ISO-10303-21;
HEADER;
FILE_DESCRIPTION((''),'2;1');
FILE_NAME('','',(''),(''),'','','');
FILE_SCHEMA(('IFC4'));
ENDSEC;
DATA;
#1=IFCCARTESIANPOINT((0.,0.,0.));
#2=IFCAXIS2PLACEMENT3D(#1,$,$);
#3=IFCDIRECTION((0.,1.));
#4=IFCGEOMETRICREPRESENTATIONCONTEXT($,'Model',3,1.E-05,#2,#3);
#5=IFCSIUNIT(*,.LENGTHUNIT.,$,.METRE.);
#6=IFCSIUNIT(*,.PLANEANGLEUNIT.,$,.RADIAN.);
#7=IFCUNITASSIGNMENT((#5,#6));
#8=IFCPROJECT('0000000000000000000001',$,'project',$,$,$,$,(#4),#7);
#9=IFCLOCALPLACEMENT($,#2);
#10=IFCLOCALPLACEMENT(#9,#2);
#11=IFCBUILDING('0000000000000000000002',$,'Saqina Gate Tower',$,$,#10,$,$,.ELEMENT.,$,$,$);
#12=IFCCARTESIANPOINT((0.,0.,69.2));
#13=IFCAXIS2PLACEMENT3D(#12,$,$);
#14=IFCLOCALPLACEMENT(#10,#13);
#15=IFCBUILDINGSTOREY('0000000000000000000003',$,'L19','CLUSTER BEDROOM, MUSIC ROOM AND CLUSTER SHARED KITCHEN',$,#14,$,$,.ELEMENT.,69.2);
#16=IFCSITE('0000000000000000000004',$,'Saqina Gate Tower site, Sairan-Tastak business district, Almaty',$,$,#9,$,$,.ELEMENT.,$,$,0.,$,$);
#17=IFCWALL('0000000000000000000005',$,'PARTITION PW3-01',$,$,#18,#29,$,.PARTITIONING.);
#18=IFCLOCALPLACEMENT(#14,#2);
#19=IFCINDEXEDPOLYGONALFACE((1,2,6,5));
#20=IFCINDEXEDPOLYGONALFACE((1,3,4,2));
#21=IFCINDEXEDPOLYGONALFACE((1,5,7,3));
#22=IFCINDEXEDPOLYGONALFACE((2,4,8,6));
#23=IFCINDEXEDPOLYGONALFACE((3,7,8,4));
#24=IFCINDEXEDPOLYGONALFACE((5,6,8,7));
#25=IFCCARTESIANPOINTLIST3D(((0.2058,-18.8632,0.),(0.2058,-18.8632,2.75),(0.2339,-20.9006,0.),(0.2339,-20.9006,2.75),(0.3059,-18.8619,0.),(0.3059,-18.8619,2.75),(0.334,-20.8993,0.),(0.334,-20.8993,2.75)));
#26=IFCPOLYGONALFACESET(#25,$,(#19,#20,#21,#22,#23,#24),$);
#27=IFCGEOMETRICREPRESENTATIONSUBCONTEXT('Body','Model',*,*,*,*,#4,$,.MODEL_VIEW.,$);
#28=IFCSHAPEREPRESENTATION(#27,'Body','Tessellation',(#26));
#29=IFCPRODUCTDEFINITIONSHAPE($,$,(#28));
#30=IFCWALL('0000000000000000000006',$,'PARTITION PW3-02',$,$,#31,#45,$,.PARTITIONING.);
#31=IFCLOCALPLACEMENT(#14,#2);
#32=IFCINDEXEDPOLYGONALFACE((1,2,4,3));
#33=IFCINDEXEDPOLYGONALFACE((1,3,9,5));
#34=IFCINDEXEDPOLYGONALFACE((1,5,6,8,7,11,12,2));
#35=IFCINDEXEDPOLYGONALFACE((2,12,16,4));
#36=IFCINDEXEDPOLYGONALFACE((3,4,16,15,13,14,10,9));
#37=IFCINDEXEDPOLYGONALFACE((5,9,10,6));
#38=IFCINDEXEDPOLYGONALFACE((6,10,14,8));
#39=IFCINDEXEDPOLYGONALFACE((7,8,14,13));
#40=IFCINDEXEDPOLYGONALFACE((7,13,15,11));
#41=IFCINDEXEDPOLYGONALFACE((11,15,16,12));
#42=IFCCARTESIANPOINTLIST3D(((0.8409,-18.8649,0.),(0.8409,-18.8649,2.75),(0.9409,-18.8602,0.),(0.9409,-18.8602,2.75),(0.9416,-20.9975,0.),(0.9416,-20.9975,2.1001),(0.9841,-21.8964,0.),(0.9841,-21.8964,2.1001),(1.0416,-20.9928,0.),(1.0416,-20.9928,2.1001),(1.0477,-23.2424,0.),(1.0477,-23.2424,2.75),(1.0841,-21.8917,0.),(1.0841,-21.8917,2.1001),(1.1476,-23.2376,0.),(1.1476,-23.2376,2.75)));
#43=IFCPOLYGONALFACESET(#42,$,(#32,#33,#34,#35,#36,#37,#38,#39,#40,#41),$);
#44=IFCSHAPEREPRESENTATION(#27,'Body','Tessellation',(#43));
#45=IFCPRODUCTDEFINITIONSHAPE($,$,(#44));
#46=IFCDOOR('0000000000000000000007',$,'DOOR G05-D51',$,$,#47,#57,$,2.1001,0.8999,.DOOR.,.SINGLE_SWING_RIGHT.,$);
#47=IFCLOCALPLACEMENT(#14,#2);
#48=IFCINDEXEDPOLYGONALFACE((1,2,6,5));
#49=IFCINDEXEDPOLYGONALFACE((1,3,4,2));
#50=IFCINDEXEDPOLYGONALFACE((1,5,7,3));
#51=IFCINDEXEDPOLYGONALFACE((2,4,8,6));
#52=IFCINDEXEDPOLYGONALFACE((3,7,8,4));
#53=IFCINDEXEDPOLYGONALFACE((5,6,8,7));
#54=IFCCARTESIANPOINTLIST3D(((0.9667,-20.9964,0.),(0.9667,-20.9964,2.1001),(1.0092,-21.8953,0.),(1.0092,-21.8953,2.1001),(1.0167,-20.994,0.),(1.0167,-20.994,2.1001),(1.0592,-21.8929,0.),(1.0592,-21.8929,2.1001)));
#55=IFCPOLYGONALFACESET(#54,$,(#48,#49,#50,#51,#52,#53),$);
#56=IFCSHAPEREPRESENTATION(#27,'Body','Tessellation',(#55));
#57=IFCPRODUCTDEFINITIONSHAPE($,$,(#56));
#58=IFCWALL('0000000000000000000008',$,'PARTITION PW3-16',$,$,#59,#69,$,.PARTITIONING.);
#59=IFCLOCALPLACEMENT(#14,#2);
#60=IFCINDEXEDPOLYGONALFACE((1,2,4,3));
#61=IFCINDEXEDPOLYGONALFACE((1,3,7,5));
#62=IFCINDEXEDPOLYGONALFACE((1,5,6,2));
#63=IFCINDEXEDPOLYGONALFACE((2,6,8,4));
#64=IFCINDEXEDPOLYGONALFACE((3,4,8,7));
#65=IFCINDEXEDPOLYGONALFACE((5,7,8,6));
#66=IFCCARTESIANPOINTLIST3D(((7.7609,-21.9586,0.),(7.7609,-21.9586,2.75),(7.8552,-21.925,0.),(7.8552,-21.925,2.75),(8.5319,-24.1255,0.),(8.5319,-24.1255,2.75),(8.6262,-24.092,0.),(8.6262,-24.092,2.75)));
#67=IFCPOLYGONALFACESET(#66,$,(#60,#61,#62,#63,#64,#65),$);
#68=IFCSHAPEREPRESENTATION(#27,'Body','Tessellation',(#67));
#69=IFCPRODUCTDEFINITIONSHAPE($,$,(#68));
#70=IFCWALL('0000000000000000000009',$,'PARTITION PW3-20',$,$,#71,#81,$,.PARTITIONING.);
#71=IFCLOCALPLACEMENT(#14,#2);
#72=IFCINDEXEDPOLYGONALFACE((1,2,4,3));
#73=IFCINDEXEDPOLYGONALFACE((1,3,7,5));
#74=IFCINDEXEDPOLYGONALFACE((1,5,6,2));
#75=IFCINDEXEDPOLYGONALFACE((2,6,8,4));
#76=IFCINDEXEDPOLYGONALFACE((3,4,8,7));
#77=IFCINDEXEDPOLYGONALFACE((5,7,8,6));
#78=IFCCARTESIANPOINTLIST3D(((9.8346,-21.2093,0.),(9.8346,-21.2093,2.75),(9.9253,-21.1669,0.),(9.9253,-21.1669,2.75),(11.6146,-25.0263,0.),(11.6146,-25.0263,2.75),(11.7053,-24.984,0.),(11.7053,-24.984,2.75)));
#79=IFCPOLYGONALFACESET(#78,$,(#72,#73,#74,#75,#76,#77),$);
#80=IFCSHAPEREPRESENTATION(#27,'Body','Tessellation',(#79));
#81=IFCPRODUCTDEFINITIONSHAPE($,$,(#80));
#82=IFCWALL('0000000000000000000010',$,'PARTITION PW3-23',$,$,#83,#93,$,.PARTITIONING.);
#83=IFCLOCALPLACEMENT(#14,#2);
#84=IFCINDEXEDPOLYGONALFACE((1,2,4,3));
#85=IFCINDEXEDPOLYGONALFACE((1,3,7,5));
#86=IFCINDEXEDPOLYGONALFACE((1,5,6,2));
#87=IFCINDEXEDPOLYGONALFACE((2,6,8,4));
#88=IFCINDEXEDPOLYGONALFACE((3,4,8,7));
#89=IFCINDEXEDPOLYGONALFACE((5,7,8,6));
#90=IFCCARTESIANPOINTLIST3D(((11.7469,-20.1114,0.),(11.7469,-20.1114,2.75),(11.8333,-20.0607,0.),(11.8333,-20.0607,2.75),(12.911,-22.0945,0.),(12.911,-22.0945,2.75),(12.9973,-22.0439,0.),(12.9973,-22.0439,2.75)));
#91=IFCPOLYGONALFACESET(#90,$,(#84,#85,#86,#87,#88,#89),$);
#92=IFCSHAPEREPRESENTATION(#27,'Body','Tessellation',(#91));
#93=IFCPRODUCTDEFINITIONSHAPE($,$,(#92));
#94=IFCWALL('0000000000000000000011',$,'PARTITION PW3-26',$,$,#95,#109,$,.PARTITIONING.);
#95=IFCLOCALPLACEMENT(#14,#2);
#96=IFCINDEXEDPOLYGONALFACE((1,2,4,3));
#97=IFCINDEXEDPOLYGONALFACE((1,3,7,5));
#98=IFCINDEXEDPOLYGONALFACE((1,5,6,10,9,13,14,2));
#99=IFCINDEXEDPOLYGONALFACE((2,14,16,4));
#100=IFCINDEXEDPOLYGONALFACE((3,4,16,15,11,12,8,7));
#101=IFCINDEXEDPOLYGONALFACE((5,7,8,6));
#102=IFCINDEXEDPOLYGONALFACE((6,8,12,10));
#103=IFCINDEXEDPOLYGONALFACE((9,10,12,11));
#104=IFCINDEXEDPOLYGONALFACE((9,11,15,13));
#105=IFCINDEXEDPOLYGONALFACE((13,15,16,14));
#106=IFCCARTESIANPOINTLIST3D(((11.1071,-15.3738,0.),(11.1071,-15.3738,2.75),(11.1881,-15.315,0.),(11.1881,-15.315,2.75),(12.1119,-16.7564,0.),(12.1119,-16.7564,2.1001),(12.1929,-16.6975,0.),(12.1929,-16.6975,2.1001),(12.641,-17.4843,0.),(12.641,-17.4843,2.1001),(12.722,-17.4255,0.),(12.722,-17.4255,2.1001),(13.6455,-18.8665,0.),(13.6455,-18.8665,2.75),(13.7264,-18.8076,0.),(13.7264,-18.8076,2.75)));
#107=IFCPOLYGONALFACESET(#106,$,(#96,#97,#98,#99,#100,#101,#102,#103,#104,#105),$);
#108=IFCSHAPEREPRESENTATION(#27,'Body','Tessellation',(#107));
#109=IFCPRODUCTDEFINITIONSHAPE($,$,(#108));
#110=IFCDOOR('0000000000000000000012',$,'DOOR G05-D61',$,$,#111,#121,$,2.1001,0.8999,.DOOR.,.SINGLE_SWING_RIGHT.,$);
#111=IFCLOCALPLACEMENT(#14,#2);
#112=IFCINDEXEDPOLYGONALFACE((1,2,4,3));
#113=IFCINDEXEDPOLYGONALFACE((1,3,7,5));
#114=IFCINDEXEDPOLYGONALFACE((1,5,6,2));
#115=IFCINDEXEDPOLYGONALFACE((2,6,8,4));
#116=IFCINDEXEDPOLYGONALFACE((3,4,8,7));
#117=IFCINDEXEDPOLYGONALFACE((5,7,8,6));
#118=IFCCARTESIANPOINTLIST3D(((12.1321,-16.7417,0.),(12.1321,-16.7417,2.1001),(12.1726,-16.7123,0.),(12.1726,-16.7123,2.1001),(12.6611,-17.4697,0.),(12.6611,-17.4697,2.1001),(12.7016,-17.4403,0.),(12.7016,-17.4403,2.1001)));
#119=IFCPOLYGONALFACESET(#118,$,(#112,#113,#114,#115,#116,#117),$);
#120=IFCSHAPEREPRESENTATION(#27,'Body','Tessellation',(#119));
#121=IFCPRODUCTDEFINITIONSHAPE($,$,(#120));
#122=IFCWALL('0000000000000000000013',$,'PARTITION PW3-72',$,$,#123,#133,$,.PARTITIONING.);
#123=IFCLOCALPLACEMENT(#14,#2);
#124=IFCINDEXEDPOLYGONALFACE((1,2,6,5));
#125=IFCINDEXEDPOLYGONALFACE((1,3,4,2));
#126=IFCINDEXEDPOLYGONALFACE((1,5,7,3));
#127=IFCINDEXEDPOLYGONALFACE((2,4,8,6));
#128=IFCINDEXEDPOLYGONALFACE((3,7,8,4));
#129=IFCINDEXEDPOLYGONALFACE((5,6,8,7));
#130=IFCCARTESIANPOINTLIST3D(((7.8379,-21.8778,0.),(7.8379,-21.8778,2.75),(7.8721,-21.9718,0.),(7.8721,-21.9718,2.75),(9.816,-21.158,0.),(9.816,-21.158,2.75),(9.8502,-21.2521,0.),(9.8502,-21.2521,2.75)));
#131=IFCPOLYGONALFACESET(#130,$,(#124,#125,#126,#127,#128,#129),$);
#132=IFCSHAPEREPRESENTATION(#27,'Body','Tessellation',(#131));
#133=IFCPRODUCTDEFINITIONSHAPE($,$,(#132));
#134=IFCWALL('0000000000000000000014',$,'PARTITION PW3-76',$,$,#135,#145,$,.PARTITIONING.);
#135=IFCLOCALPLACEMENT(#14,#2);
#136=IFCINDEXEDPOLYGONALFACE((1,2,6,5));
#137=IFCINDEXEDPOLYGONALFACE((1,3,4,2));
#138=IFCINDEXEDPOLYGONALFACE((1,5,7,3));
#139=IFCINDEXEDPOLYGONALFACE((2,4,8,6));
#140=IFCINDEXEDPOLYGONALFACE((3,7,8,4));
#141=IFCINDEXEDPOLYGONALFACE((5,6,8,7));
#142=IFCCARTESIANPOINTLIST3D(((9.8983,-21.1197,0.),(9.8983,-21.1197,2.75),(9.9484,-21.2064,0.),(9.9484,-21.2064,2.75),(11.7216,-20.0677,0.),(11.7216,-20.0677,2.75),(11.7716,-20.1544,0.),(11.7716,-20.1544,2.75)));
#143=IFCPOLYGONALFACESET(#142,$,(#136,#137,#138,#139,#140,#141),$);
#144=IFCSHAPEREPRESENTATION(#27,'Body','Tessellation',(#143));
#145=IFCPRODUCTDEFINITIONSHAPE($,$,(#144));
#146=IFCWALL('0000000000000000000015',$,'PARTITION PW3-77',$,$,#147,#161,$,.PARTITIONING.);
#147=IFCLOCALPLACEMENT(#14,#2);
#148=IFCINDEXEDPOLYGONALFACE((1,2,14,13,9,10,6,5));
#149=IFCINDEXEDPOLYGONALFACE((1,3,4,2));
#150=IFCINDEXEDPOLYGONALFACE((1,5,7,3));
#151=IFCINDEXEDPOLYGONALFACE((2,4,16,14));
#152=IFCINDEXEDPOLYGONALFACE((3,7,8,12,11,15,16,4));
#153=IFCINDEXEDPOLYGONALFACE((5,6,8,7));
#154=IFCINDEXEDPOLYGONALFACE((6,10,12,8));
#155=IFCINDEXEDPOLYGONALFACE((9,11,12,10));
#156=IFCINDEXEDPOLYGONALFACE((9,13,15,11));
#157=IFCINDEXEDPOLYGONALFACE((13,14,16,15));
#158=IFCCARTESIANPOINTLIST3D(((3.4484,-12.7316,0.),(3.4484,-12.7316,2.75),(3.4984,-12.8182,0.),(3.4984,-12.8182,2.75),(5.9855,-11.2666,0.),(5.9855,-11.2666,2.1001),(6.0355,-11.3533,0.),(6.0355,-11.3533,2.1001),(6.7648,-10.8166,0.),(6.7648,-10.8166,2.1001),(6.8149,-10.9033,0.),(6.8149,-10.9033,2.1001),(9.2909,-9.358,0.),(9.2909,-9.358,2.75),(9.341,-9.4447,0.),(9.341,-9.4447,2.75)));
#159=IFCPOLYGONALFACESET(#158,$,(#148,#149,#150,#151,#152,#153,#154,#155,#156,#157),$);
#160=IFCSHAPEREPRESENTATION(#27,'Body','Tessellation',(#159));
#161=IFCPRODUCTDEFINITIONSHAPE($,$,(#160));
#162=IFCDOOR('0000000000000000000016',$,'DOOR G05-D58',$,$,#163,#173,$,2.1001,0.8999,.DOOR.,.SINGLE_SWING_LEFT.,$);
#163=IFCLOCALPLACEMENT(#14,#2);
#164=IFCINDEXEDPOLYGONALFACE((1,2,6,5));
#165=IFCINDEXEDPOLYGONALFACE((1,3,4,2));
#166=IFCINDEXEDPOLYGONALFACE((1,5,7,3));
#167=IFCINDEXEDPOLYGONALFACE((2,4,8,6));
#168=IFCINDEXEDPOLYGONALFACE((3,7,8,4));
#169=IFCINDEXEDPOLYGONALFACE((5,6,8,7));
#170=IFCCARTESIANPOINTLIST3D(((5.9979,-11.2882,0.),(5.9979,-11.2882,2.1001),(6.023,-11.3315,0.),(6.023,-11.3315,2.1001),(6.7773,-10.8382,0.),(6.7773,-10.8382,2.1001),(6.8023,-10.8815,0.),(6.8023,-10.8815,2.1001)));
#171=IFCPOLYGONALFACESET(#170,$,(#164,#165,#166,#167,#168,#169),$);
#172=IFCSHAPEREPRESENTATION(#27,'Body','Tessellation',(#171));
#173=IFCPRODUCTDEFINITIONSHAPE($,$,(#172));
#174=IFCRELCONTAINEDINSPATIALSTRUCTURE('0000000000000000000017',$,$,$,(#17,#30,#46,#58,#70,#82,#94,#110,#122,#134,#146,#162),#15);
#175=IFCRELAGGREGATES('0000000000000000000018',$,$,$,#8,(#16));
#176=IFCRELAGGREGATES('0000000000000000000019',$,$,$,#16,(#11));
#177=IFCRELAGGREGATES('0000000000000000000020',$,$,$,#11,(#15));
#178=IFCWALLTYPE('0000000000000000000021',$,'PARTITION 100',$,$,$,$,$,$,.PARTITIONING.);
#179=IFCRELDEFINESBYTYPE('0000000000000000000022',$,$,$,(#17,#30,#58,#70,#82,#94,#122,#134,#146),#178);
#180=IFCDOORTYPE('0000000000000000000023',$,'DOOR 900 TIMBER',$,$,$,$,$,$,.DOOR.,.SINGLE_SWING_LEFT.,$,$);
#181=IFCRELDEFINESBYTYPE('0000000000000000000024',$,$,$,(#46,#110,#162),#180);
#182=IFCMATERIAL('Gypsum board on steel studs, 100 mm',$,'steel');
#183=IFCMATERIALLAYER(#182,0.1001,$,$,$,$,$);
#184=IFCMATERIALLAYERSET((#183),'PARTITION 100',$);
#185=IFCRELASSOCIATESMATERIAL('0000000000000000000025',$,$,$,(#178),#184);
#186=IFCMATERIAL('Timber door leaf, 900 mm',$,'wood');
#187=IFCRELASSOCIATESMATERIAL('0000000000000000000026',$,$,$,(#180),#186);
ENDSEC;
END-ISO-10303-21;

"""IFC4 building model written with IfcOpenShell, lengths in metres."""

from ifc_helpers import new_model, si_unit, direction, frame, frame_2d, origin, place, context, subcontext, project, spatial, rectangle, extrude, material, layer, layer_set, type_object, element, fill, save


model = new_model("IFC4")

# Units and contexts
model_context = context("Model", 3, precision=1e-05, world=origin(), true_north=direction((0.0, 1.0)))
body_context = subcontext(model_context, "Body", "Model", "MODEL_VIEW")
ifc_project = project(units=[si_unit("LENGTHUNIT", "METRE"), si_unit("PLANEANGLEUNIT", "RADIAN")], contexts=[model_context])

# Site, building, storey
site_placement = place(None, origin())
site = spatial("IfcSite", under=ifc_project, at=site_placement, Name="Saqina Gate Tower site, Sairan-Tastak business district, Almaty", CompositionType="ELEMENT", RefElevation=0.0)
building_placement = place(site_placement, origin())
building = spatial("IfcBuilding", under=site, at=building_placement, Name="Saqina Gate Tower", CompositionType="ELEMENT")
storey_placement = place(building_placement, frame((0.0, 0.0, 69.2)))
storey = spatial("IfcBuildingStorey", under=building, at=storey_placement, Name="L19", Description="CLUSTER BEDROOM, MUSIC ROOM AND CLUSTER SHARED KITCHEN", CompositionType="ELEMENT", Elevation=69.2)

# Wall
ifc_material_1 = material(Name="Gypsum board on steel studs, 100 mm", Category="steel")
ifc_layer_1 = layer(ifc_material_1, 0.1001)
ifc_layer_set_1 = layer_set([ifc_layer_1], Name="PARTITION 100")
wall_type_1 = type_object("IfcWallType", Name="PARTITION 100", PredefinedType="PARTITIONING", material=ifc_layer_set_1)
wall_1_placement = place(storey_placement, frame((0.2559, -18.8625, 0.0), z_axis=(0.0, 0.0, 1.0), x_axis=(0.013779, -0.999905, 0.0)))
element("IfcWall", 1, at=wall_1_placement, inside=storey, type_object=wall_type_1, Name="PARTITION PW3-01", PredefinedType="PARTITIONING", context=body_context, shape_type="SweptSolid", body=[
    extrude(rectangle(XDim=2.0376, YDim=0.1001, at=frame_2d((1.0188, 0.0))), origin(), (0.0, 0.0, 1.0), 2.75),
])

# Wall, opening, door
wall_2_placement = place(storey_placement, frame((0.8909, -18.8625, 0.0), z_axis=(0.0, 0.0, 1.0), x_axis=(0.047187, -0.998886, 0.0)))
wall_2 = element("IfcWall", 2, at=wall_2_placement, inside=storey, type_object=wall_type_1, Name="PARTITION PW3-02", PredefinedType="PARTITIONING", context=body_context, shape_type="SweptSolid", body=[
    extrude(rectangle(XDim=4.3823, YDim=0.1001, at=frame_2d((2.1912, 0.0))), origin(), (0.0, 0.0, 1.0), 2.75),
])
opening_1_placement = place(wall_2_placement, frame((2.135, 0.0, 0.0)))
opening_1 = element("IfcOpeningElement", 3, at=opening_1_placement, cuts=wall_2, PredefinedType="OPENING", context=body_context, shape_type="SweptSolid", body=[
    extrude(rectangle(XDim=0.8999, YDim=2.1001, at=frame_2d((0.45, 1.05))), frame((0.0, 0.062, 0.0), z_axis=(0.0, -1.0, 0.0), x_axis=(1.0, 0.0, 0.0)), (0.0, 0.0, 1.0), 0.124),
])
ifc_material_2 = material(Name="Timber door leaf, 900 mm", Category="wood")
door_type_1 = type_object("IfcDoorType", Name="DOOR 900 TIMBER", OperationType="SINGLE_SWING_LEFT", PredefinedType="DOOR", material=ifc_material_2)
door_1_placement = place(opening_1_placement, frame((0.8999, 0.0, 0.0), z_axis=(0.0, 0.0, 1.0), x_axis=(-1.0, 0.0, 0.0)))
door_1 = element("IfcDoor", 4, at=door_1_placement, inside=storey, type_object=door_type_1, Name="DOOR G05-D51", OperationType="SINGLE_SWING_RIGHT", OverallHeight=2.1001, OverallWidth=0.8999, PredefinedType="DOOR", context=body_context, shape_type="SweptSolid", body=[
    extrude(rectangle(XDim=0.8999, YDim=2.1001, at=frame_2d((0.45, 1.05))), frame((0.0, 0.0249, 0.0), z_axis=(0.0, -1.0, 0.0), x_axis=(1.0, 0.0, 0.0)), (0.0, 0.0, 1.0), 0.05),
])
fill(opening_1, door_1)

# Walls
wall_3_placement = place(storey_placement, frame((7.8081, -21.9419, 0.0), z_axis=(0.0, 0.0, 1.0), x_axis=(0.335207, -0.942145, 0.0)))
element("IfcWall", 5, at=wall_3_placement, inside=storey, type_object=wall_type_1, Name="PARTITION PW3-16", PredefinedType="PARTITIONING", context=body_context, shape_type="SweptSolid", body=[
    extrude(rectangle(XDim=2.3, YDim=0.1001, at=frame_2d((1.1499, 0.0))), origin(), (0.0, 0.0, 1.0), 2.75),
])
wall_4_placement = place(storey_placement, frame((9.8799, -21.188, 0.0), z_axis=(0.0, 0.0, 1.0), x_axis=(0.422632, -0.906302, 0.0)))
element("IfcWall", 6, at=wall_4_placement, inside=storey, type_object=wall_type_1, Name="PARTITION PW3-20", PredefinedType="PARTITIONING", context=body_context, shape_type="SweptSolid", body=[
    extrude(rectangle(XDim=4.2117, YDim=0.1001, at=frame_2d((2.106, 0.0))), origin(), (0.0, 0.0, 1.0), 2.75),
])
wall_5_placement = place(storey_placement, frame((11.79, -20.0859, 0.0), z_axis=(0.0, 0.0, 1.0), x_axis=(0.506213, -0.862409, 0.0)))
element("IfcWall", 7, at=wall_5_placement, inside=storey, type_object=wall_type_1, Name="PARTITION PW3-23", PredefinedType="PARTITIONING", context=body_context, shape_type="SweptSolid", body=[
    extrude(rectangle(XDim=2.2996, YDim=0.1001, at=frame_2d((1.1499, 0.0))), origin(), (0.0, 0.0, 1.0), 2.75),
])

# Wall, opening, door
wall_6_placement = place(storey_placement, frame((11.1477, -15.3445, 0.0), z_axis=(0.0, 0.0, 1.0), x_axis=(0.587899, -0.808934, 0.0)))
wall_6 = element("IfcWall", 8, at=wall_6_placement, inside=storey, type_object=wall_type_1, Name="PARTITION PW3-26", PredefinedType="PARTITIONING", context=body_context, shape_type="SweptSolid", body=[
    extrude(rectangle(XDim=4.3176, YDim=0.1001, at=frame_2d((2.1587, 0.0))), origin(), (0.0, 0.0, 1.0), 2.75),
])
opening_2_placement = place(wall_6_placement, frame((1.709, 0.0, 0.0)))
opening_2 = element("IfcOpeningElement", 9, at=opening_2_placement, cuts=wall_6, PredefinedType="OPENING", context=body_context, shape_type="SweptSolid", body=[
    extrude(rectangle(XDim=0.8999, YDim=2.1001, at=frame_2d((0.45, 1.05))), frame((0.0, 0.062, 0.0), z_axis=(0.0, -1.0, 0.0), x_axis=(1.0, 0.0, 0.0)), (0.0, 0.0, 1.0), 0.124),
])
door_2_placement = place(opening_2_placement, origin())
door_2 = element("IfcDoor", 10, at=door_2_placement, inside=storey, type_object=door_type_1, Name="DOOR G05-D61", OperationType="SINGLE_SWING_RIGHT", OverallHeight=2.1001, OverallWidth=0.8999, PredefinedType="DOOR", context=body_context, shape_type="SweptSolid", body=[
    extrude(rectangle(XDim=0.8999, YDim=2.1001, at=frame_2d((0.45, 1.05))), frame((0.0, 0.0249, 0.0), z_axis=(0.0, -1.0, 0.0), x_axis=(1.0, 0.0, 0.0)), (0.0, 0.0, 1.0), 0.05),
])
fill(opening_2, door_2)

# Walls
for number, where, z_axis, x_axis, name in (
    (11, (7.855, -21.9248, 0.0), (0.0, 0.0, 1.0), (0.939726, 0.341929, 0.0), "PARTITION PW3-72"),
    (12, (9.9233, -21.1631, 0.0), (0.0, 0.0, 1.0), (0.866159, 0.499769, 0.0), "PARTITION PW3-76"),
):
    element("IfcWall", number, at=place(storey_placement, frame(where, z_axis=z_axis, x_axis=x_axis)), inside=storey, type_object=wall_type_1, Name=name, PredefinedType="PARTITIONING", context=body_context, shape_type="SweptSolid", body=[
        extrude(rectangle(XDim=2.105, YDim=0.1001, at=frame_2d((1.0525, 0.0))), origin(), (0.0, 0.0, 1.0), 2.75),
    ])

# Wall, opening, door
wall_7_placement = place(storey_placement, frame((3.4734, -12.7749, 0.0), z_axis=(0.0, 0.0, 1.0), x_axis=(0.866003, 0.500039, 0.0)))
wall_7 = element("IfcWall", 13, at=wall_7_placement, inside=storey, type_object=wall_type_1, Name="PARTITION PW3-77", PredefinedType="PARTITIONING", context=body_context, shape_type="SweptSolid", body=[
    extrude(rectangle(XDim=6.7466, YDim=0.1001, at=frame_2d((3.3733, 0.0))), origin(), (0.0, 0.0, 1.0), 2.75),
])
opening_3_placement = place(wall_7_placement, frame((2.9297, 0.0, 0.0)))
opening_3 = element("IfcOpeningElement", 14, at=opening_3_placement, cuts=wall_7, PredefinedType="OPENING", context=body_context, shape_type="SweptSolid", body=[
    extrude(rectangle(XDim=0.8999, YDim=2.1001, at=frame_2d((0.45, 1.05))), frame((0.0, 0.062, 0.0), z_axis=(0.0, -1.0, 0.0), x_axis=(1.0, 0.0, 0.0)), (0.0, 0.0, 1.0), 0.124),
])
door_3_placement = place(opening_3_placement, frame((0.8999, 0.0, 0.0), z_axis=(0.0, 0.0, 1.0), x_axis=(-1.0, 0.0, 0.0)))
door_3 = element("IfcDoor", 15, at=door_3_placement, inside=storey, type_object=door_type_1, Name="DOOR G05-D58", OperationType="SINGLE_SWING_LEFT", OverallHeight=2.1001, OverallWidth=0.8999, PredefinedType="DOOR", context=body_context, shape_type="SweptSolid", body=[
    extrude(rectangle(XDim=0.8999, YDim=2.1001, at=frame_2d((0.45, 1.05))), frame((0.0, 0.0249, 0.0), z_axis=(0.0, -1.0, 0.0), x_axis=(1.0, 0.0, 0.0)), (0.0, 0.0, 1.0), 0.05),
])
fill(opening_3, door_3)

save(model, "model.ifc")
